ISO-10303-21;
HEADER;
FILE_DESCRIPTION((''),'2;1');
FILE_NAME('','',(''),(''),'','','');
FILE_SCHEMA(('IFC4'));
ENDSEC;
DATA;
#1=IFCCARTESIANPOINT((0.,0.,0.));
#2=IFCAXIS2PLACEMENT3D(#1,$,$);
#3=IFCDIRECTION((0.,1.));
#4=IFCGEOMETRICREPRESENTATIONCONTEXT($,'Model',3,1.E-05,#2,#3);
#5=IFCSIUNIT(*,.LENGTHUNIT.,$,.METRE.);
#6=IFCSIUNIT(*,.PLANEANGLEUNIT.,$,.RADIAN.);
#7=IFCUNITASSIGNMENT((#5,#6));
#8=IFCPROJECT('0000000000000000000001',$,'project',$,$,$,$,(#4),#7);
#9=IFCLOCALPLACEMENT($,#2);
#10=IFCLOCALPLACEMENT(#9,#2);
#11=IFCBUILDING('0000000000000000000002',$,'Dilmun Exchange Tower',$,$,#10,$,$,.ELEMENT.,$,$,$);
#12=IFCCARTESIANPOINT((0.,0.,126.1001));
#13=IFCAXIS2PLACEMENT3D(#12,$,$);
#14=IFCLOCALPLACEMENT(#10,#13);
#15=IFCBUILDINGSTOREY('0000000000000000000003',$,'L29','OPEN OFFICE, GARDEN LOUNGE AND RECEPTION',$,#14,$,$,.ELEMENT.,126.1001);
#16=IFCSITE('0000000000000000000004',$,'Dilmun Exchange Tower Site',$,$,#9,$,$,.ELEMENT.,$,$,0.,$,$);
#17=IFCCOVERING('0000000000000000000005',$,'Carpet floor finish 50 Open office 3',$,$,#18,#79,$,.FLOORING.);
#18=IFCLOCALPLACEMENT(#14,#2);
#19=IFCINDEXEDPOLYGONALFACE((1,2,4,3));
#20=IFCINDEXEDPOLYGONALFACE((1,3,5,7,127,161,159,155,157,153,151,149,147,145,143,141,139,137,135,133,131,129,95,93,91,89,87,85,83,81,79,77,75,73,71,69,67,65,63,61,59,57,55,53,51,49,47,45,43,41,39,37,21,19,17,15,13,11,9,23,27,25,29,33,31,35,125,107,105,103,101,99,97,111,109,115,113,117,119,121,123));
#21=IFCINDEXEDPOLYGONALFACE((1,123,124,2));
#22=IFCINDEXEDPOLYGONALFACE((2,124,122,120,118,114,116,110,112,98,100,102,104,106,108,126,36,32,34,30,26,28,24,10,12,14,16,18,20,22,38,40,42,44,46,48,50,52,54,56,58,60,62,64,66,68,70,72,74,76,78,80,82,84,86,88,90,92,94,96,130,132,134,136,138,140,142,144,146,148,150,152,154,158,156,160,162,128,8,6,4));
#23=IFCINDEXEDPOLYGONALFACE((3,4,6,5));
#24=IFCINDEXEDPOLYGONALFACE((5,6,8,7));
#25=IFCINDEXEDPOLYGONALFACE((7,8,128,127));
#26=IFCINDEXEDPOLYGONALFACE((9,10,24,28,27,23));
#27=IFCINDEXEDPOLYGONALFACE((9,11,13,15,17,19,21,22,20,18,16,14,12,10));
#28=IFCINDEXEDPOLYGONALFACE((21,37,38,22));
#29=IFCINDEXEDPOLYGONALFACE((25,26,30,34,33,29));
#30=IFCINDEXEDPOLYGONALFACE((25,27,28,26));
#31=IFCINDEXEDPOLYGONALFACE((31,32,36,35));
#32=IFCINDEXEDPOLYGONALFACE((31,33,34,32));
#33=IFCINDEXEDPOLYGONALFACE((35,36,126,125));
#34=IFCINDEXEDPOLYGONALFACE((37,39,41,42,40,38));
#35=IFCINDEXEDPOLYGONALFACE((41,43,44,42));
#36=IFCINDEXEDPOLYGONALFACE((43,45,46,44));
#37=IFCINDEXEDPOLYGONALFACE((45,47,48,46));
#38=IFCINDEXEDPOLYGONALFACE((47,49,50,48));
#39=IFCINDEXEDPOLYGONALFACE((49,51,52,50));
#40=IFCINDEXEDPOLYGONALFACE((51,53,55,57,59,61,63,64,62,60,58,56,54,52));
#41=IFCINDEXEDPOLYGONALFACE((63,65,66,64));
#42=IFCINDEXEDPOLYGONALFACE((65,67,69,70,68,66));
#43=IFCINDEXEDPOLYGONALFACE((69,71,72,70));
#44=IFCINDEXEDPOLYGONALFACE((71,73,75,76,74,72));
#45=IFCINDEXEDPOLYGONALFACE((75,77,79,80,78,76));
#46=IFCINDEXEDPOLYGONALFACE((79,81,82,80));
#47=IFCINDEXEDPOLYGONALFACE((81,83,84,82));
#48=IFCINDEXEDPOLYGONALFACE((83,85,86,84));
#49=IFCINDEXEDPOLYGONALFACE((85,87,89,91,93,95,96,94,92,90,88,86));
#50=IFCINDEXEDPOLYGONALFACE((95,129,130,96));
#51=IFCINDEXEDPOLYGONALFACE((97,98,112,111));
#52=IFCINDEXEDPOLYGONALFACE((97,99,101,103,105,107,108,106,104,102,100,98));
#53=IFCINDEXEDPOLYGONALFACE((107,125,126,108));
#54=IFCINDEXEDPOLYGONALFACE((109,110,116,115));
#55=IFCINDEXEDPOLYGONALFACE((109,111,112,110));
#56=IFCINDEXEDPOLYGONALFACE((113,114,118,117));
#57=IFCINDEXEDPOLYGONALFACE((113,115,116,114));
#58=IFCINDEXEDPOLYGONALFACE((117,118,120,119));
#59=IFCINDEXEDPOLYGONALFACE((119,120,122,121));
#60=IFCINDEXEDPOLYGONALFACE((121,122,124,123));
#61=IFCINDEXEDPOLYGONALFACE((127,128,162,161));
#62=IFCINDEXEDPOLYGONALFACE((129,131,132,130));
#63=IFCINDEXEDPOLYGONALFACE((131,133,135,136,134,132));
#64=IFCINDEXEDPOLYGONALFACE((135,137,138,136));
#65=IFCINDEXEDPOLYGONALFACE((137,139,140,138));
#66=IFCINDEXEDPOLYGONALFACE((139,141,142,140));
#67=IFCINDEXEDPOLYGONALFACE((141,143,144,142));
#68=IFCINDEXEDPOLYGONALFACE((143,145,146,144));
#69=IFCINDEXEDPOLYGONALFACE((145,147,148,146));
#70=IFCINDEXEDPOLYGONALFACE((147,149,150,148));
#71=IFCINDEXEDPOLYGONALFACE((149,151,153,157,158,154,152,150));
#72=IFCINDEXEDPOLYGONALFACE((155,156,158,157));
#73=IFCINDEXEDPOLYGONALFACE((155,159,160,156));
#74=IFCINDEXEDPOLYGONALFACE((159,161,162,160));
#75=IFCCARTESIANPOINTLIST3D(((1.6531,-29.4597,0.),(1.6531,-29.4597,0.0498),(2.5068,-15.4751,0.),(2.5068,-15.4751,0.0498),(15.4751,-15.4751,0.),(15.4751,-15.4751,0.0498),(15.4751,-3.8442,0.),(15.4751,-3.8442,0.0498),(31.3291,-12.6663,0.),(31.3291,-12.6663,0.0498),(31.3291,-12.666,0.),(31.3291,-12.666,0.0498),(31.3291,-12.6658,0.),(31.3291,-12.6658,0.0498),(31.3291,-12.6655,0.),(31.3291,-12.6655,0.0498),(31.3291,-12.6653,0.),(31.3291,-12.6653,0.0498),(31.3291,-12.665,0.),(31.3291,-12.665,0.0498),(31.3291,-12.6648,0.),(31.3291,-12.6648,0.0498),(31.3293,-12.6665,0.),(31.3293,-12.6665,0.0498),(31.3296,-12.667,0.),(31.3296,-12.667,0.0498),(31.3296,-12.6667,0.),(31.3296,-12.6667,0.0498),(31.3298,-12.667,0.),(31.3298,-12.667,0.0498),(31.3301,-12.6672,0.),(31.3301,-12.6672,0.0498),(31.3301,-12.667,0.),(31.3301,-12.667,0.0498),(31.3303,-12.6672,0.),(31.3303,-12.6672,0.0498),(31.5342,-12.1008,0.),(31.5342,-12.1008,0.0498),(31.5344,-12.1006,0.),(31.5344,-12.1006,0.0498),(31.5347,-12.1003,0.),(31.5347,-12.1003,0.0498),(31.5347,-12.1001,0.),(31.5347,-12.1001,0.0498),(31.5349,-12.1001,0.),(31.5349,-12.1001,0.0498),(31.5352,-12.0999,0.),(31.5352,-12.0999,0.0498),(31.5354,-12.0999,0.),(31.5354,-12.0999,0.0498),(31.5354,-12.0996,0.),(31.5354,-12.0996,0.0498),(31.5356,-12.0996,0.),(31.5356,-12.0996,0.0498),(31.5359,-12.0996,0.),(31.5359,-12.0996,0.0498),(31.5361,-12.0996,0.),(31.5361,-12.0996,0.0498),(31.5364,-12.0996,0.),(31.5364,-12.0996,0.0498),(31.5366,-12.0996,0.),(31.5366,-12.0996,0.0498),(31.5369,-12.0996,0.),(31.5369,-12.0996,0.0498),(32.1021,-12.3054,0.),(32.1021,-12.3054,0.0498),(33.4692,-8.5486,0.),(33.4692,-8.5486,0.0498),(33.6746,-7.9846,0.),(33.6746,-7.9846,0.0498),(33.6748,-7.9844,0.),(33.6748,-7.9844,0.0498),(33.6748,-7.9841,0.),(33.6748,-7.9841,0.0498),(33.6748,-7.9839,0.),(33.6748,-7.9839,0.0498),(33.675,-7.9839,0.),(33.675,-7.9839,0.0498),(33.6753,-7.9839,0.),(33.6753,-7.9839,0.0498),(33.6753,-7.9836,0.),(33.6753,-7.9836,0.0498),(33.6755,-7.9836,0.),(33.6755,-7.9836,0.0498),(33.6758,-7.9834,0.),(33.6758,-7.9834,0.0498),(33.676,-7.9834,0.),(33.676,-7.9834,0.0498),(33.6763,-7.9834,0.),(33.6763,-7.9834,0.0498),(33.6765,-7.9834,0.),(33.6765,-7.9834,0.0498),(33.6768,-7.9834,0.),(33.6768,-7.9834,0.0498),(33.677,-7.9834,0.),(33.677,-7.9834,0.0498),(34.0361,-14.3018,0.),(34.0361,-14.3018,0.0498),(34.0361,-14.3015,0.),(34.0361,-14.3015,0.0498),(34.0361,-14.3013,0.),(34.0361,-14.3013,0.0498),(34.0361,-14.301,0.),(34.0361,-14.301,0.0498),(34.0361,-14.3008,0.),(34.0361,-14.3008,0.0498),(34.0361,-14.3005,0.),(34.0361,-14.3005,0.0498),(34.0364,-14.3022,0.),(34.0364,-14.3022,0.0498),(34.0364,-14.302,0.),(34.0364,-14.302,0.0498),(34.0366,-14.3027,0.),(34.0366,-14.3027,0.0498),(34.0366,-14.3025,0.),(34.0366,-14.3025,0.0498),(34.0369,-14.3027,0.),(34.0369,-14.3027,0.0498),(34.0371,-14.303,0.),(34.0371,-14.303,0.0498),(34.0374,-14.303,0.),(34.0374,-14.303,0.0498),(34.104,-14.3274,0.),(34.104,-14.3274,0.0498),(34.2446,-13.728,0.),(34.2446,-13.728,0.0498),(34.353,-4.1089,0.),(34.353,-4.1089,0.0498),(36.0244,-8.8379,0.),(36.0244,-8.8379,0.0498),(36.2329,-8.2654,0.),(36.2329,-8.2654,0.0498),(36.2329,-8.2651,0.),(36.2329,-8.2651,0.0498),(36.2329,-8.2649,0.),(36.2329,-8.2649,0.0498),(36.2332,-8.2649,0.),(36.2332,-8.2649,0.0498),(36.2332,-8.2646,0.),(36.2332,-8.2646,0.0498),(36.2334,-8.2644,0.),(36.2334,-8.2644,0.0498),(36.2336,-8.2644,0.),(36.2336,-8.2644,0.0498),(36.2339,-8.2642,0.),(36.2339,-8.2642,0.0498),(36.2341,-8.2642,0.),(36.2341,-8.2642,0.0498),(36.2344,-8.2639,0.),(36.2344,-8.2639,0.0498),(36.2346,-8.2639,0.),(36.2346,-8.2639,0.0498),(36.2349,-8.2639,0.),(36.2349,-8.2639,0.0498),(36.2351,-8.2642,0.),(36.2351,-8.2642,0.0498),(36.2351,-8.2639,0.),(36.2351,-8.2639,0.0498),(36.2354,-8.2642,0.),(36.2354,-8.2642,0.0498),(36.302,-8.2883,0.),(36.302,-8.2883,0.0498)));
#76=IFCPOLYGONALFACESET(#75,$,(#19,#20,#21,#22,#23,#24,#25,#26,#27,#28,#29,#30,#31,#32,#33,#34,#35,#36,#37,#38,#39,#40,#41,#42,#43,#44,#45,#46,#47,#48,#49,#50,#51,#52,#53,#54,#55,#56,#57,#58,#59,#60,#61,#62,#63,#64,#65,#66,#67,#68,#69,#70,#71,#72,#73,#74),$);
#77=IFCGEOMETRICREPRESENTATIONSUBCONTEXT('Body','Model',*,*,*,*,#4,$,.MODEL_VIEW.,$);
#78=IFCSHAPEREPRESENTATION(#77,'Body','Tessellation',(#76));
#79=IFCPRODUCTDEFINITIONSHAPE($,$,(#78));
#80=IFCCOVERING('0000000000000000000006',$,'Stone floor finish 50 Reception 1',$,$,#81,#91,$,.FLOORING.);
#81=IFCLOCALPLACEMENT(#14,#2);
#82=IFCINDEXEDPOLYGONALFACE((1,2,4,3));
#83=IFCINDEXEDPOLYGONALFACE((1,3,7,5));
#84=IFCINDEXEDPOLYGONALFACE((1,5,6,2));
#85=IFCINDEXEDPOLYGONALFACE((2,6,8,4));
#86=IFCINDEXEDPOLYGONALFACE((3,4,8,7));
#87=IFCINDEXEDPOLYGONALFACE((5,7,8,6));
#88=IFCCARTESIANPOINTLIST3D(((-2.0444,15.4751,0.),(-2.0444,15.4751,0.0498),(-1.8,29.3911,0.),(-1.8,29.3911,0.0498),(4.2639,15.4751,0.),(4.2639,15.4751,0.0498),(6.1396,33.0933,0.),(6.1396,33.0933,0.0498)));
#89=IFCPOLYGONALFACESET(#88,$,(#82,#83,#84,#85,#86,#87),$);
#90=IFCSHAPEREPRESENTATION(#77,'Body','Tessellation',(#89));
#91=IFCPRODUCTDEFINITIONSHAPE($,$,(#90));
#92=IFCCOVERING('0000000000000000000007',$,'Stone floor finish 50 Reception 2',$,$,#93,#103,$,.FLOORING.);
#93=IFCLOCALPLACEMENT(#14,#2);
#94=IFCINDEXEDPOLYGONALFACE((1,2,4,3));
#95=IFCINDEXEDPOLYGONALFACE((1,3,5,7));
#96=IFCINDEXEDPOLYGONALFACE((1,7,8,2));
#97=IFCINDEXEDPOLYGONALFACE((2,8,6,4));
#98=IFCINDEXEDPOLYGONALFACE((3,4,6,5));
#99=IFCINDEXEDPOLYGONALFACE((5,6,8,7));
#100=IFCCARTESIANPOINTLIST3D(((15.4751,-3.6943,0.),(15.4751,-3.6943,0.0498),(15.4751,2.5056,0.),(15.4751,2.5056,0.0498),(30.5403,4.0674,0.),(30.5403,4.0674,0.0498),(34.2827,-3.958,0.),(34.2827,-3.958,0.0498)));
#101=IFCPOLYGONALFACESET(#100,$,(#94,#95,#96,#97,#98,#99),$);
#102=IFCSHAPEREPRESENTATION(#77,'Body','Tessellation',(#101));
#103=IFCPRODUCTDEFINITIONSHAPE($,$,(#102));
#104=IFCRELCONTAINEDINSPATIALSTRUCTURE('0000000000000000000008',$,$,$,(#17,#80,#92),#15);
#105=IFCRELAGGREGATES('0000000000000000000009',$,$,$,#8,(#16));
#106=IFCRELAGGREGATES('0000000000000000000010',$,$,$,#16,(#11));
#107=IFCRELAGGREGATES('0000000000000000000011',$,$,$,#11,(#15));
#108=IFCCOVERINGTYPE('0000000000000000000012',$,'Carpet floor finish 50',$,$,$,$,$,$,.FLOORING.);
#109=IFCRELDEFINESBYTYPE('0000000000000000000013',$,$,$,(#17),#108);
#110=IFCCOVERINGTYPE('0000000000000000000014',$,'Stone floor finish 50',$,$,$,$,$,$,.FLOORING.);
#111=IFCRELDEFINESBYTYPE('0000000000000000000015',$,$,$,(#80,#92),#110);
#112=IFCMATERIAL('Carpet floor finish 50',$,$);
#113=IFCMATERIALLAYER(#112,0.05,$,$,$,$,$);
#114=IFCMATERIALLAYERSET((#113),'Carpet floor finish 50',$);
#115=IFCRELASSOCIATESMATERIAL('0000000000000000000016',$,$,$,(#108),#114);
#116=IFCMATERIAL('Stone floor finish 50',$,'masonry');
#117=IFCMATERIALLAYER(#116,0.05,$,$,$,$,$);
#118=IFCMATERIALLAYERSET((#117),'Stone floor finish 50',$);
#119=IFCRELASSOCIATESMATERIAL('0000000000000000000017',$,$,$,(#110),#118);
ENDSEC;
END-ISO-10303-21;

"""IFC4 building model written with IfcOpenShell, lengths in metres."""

from ifc_helpers import new_model, si_unit, direction, frame, origin, place, context, subcontext, project, spatial, polyline, outline, extrude, material, layer, layer_set, type_object, element, save


model = new_model("IFC4")

# Units and contexts
model_context = context("Model", 3, precision=1e-05, world=origin(), true_north=direction((0.0, 1.0)))
body_context = subcontext(model_context, "Body", "Model", "MODEL_VIEW")
ifc_project = project(units=[si_unit("LENGTHUNIT", "METRE"), si_unit("PLANEANGLEUNIT", "RADIAN")], contexts=[model_context])

# Site, building, storey
site_placement = place(None, origin())
site = spatial("IfcSite", under=ifc_project, at=site_placement, Name="Dilmun Exchange Tower Site", CompositionType="ELEMENT", RefElevation=0.0)
building_placement = place(site_placement, origin())
building = spatial("IfcBuilding", under=site, at=building_placement, Name="Dilmun Exchange Tower", CompositionType="ELEMENT")
storey_placement = place(building_placement, frame((0.0, 0.0, 126.1001)))
storey = spatial("IfcBuildingStorey", under=building, at=storey_placement, Name="L29", Description="OPEN OFFICE, GARDEN LOUNGE AND RECEPTION", CompositionType="ELEMENT", Elevation=126.1001)

# Coverings
ifc_material_1 = material(Name="Carpet floor finish 50")
ifc_layer_1 = layer(ifc_material_1, 0.05)
ifc_layer_set_1 = layer_set([ifc_layer_1], Name="Carpet floor finish 50")
covering_type_1 = type_object("IfcCoveringType", Name="Carpet floor finish 50", PredefinedType="FLOORING", material=ifc_layer_set_1)
covering_1_placement = place(storey_placement, origin())
element("IfcCovering", 1, at=covering_1_placement, inside=storey, type_object=covering_type_1, Name="Carpet floor finish 50 Open office 3", PredefinedType="FLOORING", context=body_context, shape_type="SweptSolid", body=[
    extrude(outline(polyline([(2.5068, -15.4751), (15.4751, -15.4751), (15.4751, -3.8442), (34.353, -4.1089), (36.302, -8.2883), (36.2354, -8.2642), (36.2351, -8.2642), (36.2351, -8.2639), (36.2349, -8.2639), (36.2346, -8.2639), (36.2344, -8.2639), (36.2341, -8.2642), (36.2339, -8.2642), (36.2339, -8.2642), (36.2336, -8.2644), (36.2334, -8.2644), (36.2334, -8.2644), (36.2332, -8.2646), (36.2332, -8.2649), (36.2329, -8.2649), (36.2329, -8.2651), (36.2329, -8.2654), (36.0244, -8.8379), (33.677, -7.9834), (33.677, -7.9834), (33.6768, -7.9834), (33.6765, -7.9834), (33.6763, -7.9834), (33.676, -7.9834), (33.6758, -7.9834), (33.6758, -7.9834), (33.6755, -7.9836), (33.6753, -7.9836), (33.6753, -7.9839), (33.675, -7.9839), (33.6748, -7.9839), (33.6748, -7.9841), (33.6748, -7.9844), (33.6746, -7.9846), (33.6746, -7.9846), (33.4692, -8.5486), (32.1021, -12.3054), (31.5369, -12.0996), (31.5366, -12.0996), (31.5366, -12.0996), (31.5364, -12.0996), (31.5361, -12.0996), (31.5359, -12.0996), (31.5356, -12.0996), (31.5354, -12.0996), (31.5354, -12.0999), (31.5352, -12.0999), (31.5349, -12.1001), (31.5349, -12.1001), (31.5347, -12.1001), (31.5347, -12.1003), (31.5344, -12.1006), (31.5344, -12.1006), (31.5342, -12.1008), (31.3291, -12.6648), (31.3291, -12.6648), (31.3291, -12.665), (31.3291, -12.6653), (31.3291, -12.6655), (31.3291, -12.6658), (31.3291, -12.666), (31.3291, -12.666), (31.3291, -12.6663), (31.3293, -12.6665), (31.3293, -12.6665), (31.3296, -12.6667), (31.3296, -12.667), (31.3298, -12.667), (31.3301, -12.667), (31.3301, -12.6672), (31.3303, -12.6672), (34.2446, -13.728), (34.0361, -14.3005), (34.0361, -14.3008), (34.0361, -14.3008), (34.0361, -14.301), (34.0361, -14.3013), (34.0361, -14.3015), (34.0361, -14.3018), (34.0361, -14.3018), (34.0364, -14.302), (34.0364, -14.3022), (34.0366, -14.3025), (34.0366, -14.3025), (34.0366, -14.3027), (34.0369, -14.3027), (34.0371, -14.303), (34.0371, -14.303), (34.0374, -14.303), (34.104, -14.3274), (1.6531, -29.4597), (2.5068, -15.4751)])), origin(), (0.0, 0.0, 1.0), 0.0498),
])
ifc_material_2 = material(Name="Stone floor finish 50", Category="masonry")
ifc_layer_2 = layer(ifc_material_2, 0.05)
ifc_layer_set_2 = layer_set([ifc_layer_2], Name="Stone floor finish 50")
covering_type_2 = type_object("IfcCoveringType", Name="Stone floor finish 50", PredefinedType="FLOORING", material=ifc_layer_set_2)
covering_2_placement = place(storey_placement, origin())
element("IfcCovering", 2, at=covering_2_placement, inside=storey, type_object=covering_type_2, Name="Stone floor finish 50 Reception 1", PredefinedType="FLOORING", context=body_context, shape_type="SweptSolid", body=[
    extrude(outline(polyline([(4.2639, 15.4751), (-2.0444, 15.4751), (-1.8, 29.3911), (6.1396, 33.0933), (4.2639, 15.4751)])), origin(), (0.0, 0.0, 1.0), 0.0498),
])
covering_3_placement = place(storey_placement, origin())
element("IfcCovering", 3, at=covering_3_placement, inside=storey, type_object=covering_type_2, Name="Stone floor finish 50 Reception 2", PredefinedType="FLOORING", context=body_context, shape_type="SweptSolid", body=[
    extrude(outline(polyline([(15.4751, -3.6943), (15.4751, 2.5056), (30.5403, 4.0674), (34.2827, -3.958), (15.4751, -3.6943)])), origin(), (0.0, 0.0, 1.0), 0.0498),
])

save(model, "model.ifc")
